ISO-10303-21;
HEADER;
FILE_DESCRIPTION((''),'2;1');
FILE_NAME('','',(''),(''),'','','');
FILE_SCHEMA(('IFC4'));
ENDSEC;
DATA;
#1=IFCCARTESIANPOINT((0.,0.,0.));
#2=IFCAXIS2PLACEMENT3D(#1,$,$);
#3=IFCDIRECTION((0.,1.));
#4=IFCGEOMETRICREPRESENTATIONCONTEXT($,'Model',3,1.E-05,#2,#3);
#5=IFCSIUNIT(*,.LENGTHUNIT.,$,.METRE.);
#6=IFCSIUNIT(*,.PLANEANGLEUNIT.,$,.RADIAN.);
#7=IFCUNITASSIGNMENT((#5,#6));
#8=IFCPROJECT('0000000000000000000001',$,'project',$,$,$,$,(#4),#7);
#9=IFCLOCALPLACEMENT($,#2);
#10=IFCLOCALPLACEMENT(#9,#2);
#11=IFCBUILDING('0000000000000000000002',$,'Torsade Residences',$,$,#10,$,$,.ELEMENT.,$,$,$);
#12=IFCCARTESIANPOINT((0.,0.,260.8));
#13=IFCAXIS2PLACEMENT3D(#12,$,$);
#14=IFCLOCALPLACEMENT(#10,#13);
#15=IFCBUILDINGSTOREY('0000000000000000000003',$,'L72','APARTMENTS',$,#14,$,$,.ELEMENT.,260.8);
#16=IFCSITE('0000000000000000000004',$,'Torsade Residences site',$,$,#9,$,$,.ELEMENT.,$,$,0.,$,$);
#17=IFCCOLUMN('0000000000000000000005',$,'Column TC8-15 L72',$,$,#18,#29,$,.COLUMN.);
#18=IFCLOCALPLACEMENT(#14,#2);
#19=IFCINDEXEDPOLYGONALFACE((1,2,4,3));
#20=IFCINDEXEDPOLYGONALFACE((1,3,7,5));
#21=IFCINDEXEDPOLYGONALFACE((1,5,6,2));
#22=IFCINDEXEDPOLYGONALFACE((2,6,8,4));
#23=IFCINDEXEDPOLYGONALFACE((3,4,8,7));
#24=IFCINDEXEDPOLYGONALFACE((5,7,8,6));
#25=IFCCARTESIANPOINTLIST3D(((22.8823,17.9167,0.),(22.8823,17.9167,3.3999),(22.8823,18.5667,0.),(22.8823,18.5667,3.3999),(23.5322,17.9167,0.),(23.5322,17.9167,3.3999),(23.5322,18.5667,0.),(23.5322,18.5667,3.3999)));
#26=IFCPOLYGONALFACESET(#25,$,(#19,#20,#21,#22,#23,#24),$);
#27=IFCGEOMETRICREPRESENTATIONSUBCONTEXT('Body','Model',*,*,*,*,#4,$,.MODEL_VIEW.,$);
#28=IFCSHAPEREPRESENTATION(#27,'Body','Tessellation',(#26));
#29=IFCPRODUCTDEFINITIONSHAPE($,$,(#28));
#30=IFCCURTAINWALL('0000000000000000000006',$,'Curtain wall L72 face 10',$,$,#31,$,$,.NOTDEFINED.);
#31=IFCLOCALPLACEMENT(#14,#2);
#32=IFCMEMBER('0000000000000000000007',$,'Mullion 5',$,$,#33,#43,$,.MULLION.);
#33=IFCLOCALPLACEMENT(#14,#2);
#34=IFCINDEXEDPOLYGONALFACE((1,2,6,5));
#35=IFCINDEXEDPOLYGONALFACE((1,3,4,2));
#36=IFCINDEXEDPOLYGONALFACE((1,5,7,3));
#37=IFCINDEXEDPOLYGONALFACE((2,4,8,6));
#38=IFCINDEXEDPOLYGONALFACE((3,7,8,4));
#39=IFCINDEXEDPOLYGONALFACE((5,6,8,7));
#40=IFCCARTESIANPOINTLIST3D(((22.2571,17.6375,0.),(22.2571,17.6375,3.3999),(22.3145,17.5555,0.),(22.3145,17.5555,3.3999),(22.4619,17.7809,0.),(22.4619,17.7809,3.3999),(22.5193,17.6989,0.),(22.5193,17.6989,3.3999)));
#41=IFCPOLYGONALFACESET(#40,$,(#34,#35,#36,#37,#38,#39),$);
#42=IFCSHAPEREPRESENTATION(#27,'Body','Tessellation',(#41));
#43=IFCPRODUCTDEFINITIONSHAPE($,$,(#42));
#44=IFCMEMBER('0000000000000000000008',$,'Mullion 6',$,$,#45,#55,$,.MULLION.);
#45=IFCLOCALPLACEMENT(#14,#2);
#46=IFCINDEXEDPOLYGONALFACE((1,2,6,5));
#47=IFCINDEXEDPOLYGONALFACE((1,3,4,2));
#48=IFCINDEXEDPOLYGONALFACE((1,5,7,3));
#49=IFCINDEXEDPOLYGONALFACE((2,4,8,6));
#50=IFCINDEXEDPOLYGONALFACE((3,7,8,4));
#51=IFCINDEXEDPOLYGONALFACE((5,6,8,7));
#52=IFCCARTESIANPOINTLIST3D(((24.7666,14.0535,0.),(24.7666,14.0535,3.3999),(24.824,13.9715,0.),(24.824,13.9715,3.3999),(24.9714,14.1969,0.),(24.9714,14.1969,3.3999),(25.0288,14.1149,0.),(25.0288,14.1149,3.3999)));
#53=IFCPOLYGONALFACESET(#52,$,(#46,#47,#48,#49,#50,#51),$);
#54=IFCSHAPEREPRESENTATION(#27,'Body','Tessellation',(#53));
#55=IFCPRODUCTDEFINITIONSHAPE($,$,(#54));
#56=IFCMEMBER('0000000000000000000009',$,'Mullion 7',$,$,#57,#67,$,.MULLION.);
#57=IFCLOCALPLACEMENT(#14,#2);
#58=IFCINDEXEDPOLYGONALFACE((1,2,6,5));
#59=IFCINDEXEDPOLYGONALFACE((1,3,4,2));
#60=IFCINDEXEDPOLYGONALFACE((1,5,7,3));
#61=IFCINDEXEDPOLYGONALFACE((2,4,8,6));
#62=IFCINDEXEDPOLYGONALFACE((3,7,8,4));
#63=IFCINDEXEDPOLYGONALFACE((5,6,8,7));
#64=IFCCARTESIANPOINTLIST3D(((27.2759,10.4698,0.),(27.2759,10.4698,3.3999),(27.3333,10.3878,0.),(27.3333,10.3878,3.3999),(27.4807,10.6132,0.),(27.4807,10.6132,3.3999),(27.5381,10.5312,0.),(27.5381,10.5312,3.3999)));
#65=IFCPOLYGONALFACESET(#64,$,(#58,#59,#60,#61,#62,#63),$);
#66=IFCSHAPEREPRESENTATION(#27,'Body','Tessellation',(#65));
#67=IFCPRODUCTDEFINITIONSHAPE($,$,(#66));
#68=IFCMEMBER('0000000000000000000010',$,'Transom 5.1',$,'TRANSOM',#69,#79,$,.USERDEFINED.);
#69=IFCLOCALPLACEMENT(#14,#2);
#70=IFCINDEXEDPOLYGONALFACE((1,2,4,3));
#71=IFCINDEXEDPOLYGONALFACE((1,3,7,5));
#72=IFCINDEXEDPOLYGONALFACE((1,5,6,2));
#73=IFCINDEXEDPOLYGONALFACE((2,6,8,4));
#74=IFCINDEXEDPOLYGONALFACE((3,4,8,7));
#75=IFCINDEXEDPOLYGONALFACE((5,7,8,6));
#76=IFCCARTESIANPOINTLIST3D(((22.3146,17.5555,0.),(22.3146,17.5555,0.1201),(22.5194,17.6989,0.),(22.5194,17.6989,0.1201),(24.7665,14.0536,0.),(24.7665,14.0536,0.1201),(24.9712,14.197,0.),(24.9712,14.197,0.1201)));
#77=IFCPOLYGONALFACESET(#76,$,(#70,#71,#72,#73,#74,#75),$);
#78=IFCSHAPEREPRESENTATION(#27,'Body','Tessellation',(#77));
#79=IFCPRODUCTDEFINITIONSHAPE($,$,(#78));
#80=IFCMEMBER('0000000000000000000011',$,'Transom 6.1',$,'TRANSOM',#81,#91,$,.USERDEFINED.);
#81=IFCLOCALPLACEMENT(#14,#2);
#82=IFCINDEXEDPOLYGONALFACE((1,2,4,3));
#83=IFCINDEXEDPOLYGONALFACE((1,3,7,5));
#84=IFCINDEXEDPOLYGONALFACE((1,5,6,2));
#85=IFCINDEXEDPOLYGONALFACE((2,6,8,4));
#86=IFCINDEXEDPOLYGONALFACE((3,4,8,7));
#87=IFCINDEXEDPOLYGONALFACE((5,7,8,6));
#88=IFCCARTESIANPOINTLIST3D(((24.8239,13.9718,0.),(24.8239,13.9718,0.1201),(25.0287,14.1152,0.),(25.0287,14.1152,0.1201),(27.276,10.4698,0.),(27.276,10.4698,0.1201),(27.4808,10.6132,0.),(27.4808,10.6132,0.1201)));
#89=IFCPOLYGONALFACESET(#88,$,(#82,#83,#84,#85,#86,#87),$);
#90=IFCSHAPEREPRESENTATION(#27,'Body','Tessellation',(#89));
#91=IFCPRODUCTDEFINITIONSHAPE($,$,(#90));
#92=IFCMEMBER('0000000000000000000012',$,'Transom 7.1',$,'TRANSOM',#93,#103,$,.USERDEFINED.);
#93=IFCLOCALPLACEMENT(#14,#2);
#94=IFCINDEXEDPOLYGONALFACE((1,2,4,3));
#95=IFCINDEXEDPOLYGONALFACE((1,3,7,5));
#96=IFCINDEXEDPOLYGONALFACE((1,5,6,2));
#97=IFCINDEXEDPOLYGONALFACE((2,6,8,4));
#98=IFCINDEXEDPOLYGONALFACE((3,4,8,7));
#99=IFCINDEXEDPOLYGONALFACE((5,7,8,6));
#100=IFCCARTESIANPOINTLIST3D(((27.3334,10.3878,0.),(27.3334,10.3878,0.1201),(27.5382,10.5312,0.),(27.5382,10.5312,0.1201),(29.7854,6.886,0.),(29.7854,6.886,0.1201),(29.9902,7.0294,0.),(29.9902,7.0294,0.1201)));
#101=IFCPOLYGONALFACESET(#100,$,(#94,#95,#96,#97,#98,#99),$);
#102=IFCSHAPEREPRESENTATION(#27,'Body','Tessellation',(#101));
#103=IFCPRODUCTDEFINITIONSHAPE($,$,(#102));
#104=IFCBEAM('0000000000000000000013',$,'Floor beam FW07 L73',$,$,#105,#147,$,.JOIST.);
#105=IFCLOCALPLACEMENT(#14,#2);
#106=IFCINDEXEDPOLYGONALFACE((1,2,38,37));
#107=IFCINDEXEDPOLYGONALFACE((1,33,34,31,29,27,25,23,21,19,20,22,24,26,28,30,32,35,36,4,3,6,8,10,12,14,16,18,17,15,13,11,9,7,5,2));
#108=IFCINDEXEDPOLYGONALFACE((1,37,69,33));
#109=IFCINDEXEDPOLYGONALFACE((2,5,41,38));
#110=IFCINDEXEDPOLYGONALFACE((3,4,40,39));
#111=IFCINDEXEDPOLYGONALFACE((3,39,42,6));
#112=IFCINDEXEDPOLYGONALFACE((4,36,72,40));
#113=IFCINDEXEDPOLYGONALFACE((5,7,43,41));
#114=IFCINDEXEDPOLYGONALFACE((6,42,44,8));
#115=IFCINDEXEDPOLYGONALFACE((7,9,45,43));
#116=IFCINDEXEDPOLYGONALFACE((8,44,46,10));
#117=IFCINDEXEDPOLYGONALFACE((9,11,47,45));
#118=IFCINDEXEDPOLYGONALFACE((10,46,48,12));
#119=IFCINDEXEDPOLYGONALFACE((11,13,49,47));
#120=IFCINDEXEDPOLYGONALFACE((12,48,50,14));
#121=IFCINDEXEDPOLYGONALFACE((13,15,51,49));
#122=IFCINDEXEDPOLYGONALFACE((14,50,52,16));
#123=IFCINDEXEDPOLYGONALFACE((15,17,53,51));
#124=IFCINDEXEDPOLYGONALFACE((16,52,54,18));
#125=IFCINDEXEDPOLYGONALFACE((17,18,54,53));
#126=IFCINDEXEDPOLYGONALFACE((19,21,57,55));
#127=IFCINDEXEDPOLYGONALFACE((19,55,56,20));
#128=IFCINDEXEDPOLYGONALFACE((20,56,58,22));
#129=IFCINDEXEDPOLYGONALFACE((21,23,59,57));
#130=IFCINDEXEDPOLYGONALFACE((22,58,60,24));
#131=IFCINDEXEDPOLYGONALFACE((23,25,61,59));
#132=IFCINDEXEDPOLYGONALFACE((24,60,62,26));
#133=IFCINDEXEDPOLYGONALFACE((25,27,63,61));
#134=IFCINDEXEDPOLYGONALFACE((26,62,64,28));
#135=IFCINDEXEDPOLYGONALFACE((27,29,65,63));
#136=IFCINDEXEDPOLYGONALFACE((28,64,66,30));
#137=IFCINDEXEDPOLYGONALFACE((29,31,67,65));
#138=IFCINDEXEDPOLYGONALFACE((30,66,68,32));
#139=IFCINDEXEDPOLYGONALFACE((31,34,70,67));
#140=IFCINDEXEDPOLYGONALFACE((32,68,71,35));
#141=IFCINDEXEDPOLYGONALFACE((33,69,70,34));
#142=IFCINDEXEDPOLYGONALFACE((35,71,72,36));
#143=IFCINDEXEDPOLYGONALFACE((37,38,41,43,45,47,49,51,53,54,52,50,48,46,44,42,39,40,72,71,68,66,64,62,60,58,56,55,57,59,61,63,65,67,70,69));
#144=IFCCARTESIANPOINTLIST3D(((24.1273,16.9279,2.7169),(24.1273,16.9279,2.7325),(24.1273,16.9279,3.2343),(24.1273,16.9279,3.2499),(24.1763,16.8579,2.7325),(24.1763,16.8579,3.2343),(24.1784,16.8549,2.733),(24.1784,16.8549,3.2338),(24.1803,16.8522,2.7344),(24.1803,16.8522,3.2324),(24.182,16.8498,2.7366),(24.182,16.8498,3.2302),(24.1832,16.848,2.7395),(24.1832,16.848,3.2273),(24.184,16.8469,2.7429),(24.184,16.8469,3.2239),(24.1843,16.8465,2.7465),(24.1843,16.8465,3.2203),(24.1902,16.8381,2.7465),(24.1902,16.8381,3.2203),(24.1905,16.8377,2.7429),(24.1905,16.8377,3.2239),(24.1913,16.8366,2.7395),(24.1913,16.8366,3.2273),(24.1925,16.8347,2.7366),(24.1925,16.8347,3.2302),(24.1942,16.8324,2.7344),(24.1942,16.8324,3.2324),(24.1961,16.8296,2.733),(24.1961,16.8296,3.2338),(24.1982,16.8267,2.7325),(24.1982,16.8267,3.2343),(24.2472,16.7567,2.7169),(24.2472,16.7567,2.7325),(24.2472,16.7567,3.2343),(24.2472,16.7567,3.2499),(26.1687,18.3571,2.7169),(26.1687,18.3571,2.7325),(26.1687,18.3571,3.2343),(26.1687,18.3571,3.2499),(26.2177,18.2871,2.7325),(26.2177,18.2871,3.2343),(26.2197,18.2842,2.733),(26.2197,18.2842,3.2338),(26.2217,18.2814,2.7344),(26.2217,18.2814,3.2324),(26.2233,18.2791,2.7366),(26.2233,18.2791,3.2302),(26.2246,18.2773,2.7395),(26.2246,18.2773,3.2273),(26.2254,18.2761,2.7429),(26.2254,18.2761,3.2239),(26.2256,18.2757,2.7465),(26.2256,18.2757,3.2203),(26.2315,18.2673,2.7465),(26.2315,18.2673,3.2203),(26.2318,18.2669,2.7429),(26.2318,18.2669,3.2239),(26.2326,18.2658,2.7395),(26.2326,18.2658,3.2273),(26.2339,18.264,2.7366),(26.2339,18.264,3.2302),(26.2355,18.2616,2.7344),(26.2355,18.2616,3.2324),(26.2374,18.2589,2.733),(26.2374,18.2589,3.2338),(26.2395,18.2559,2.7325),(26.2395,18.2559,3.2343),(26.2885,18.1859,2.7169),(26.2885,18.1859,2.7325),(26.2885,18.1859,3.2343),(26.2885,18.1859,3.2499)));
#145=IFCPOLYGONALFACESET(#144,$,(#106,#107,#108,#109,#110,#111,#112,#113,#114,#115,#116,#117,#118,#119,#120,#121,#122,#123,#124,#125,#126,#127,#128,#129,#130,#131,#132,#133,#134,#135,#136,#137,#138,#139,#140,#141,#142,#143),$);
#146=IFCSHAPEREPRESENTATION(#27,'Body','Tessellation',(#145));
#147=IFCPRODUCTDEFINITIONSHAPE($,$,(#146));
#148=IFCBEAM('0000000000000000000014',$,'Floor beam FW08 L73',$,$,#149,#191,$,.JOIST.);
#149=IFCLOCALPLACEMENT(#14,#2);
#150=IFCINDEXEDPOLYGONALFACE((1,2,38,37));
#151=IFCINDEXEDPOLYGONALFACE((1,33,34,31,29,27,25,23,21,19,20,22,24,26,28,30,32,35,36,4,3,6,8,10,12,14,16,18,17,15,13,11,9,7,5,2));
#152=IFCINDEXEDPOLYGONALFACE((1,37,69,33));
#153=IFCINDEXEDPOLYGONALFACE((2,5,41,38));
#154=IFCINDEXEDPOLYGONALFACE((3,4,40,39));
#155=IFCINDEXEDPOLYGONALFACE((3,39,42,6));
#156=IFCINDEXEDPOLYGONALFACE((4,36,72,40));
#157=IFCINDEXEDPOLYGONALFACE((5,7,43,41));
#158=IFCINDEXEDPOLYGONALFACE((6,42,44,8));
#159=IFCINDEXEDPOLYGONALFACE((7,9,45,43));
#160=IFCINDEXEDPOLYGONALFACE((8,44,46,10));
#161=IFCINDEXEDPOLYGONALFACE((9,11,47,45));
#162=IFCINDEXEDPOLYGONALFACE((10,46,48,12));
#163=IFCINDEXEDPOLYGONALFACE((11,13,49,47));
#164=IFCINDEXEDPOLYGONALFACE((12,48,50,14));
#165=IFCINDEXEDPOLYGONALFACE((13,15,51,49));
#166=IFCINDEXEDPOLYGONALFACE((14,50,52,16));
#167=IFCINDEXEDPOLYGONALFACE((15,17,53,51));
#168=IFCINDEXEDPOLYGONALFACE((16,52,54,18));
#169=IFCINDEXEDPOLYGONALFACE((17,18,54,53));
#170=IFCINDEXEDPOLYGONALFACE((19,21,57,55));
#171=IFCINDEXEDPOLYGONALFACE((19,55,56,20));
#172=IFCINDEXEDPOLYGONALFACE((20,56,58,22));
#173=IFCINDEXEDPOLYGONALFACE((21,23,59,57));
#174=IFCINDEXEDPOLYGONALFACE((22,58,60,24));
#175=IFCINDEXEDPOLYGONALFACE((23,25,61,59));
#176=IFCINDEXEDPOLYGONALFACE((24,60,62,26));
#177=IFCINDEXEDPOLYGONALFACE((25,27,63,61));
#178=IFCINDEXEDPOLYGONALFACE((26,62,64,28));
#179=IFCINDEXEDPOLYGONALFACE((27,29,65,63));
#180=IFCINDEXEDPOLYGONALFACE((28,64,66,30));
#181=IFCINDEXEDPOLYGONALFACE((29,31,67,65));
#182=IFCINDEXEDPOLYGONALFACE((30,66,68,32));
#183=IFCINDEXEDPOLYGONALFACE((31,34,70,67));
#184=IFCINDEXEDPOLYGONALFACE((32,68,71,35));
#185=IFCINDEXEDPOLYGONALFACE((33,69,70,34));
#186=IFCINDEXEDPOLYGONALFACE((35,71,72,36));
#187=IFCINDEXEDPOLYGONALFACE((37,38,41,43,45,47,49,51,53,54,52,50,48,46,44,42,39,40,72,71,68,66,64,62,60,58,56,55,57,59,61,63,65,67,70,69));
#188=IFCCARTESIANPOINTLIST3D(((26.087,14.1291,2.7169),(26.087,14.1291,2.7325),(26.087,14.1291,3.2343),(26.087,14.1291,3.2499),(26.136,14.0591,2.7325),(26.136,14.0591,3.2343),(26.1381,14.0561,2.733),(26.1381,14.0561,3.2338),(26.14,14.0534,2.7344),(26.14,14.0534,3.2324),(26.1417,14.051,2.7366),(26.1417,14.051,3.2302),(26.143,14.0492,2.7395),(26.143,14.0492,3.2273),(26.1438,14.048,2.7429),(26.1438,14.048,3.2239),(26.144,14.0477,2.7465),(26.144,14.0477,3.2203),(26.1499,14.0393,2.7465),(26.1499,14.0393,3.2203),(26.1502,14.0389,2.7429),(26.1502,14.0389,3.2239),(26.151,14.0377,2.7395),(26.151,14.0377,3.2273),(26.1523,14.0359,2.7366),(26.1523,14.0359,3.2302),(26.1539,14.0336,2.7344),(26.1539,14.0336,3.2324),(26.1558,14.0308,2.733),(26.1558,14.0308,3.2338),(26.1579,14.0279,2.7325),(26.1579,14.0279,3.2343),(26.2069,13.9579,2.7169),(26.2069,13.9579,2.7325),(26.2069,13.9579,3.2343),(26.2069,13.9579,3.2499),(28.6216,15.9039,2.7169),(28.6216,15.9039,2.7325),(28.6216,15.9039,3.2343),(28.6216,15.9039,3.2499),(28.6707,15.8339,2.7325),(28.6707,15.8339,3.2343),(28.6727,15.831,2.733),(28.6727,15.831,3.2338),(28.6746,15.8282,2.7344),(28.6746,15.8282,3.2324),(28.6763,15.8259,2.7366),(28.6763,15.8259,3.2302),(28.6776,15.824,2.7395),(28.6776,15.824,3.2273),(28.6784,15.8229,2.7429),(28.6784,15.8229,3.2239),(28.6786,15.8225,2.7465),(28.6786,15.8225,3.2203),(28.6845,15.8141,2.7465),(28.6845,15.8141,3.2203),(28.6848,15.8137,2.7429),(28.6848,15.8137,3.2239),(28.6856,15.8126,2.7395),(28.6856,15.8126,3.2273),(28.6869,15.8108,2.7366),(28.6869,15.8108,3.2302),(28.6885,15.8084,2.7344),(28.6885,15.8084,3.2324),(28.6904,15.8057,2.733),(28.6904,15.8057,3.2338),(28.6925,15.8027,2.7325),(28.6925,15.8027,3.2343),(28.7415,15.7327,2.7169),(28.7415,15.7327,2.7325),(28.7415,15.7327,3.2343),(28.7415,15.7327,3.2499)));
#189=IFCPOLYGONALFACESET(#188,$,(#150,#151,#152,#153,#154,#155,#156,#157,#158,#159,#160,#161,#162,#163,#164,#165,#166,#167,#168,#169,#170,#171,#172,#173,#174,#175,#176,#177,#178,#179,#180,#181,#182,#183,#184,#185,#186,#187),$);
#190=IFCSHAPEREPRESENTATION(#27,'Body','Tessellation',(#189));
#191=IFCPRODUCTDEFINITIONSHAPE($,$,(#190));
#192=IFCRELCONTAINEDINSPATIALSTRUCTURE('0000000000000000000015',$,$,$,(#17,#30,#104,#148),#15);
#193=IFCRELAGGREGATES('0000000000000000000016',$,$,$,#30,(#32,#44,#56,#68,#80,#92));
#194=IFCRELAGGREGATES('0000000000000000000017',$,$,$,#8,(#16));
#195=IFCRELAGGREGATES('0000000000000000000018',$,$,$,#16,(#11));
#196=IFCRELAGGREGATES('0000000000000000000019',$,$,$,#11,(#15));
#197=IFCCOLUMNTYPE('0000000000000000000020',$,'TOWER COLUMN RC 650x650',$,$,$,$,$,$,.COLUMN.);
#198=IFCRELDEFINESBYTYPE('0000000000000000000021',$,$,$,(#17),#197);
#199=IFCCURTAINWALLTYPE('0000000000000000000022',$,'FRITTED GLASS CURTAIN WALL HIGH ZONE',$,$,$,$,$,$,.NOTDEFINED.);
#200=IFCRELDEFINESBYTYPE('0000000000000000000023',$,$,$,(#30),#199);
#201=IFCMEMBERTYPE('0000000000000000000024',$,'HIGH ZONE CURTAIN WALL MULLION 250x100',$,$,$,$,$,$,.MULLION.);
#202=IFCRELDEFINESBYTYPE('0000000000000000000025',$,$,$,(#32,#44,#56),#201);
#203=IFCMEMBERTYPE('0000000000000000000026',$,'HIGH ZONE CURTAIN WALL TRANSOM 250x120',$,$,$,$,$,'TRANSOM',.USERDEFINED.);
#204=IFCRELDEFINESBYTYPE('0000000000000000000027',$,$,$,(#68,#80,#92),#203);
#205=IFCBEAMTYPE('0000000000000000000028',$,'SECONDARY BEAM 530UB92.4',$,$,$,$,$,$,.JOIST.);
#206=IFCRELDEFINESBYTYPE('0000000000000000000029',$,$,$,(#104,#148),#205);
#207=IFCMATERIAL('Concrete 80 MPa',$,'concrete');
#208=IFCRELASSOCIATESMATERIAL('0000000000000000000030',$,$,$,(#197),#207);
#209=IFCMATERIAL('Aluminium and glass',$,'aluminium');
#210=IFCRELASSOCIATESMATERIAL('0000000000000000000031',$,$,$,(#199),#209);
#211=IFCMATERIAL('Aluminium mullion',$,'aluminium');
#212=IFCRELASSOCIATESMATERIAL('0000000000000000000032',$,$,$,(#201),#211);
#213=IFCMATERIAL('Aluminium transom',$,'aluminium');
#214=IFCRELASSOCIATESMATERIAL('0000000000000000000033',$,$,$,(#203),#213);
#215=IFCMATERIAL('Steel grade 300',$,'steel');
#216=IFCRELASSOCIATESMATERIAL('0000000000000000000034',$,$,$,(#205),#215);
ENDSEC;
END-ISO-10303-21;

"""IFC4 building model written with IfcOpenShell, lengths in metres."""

from ifc_helpers import new_model, si_unit, direction, frame, origin, origin_2d, place, context, subcontext, project, spatial, rectangle, i_section, extrude, material, material_profile, profile_set, type_object, element, aggregate, save


model = new_model("IFC4")

# Units and contexts
model_context = context("Model", 3, precision=1e-05, world=origin(), true_north=direction((0.0, 1.0)))
body_context = subcontext(model_context, "Body", "Model", "MODEL_VIEW")
ifc_project = project(units=[si_unit("LENGTHUNIT", "METRE"), si_unit("PLANEANGLEUNIT", "RADIAN")], contexts=[model_context])

# Site, building, storey
site_placement = place(None, origin())
site = spatial("IfcSite", under=ifc_project, at=site_placement, Name="Torsade Residences site", CompositionType="ELEMENT", RefElevation=0.0)
building_placement = place(site_placement, origin())
building = spatial("IfcBuilding", under=site, at=building_placement, Name="Torsade Residences", CompositionType="ELEMENT")
storey_placement = place(building_placement, frame((0.0, 0.0, 260.8)))
storey = spatial("IfcBuildingStorey", under=building, at=storey_placement, Name="L72", Description="APARTMENTS", CompositionType="ELEMENT", Elevation=260.8)

# Column
ifc_material_1 = material(Name="Concrete 80 MPa", Category="concrete")
ifc_material_profile_1 = material_profile(ifc_material_1, rectangle(XDim=0.6499, YDim=0.6499, at=origin_2d()), Name="RC 650x650")
ifc_profile_set_1 = profile_set([ifc_material_profile_1], Name="Concrete 80 MPa")
column_type = type_object("IfcColumnType", Name="TOWER COLUMN RC 650x650", PredefinedType="COLUMN", material=ifc_profile_set_1)
column_placement = place(storey_placement, frame((23.2073, 18.2417, 0.0), z_axis=(0.0, 0.0, 1.0), x_axis=(1.0, 0.0, 0.0)))
element("IfcColumn", 1, at=column_placement, inside=storey, type_object=column_type, Name="Column TC8-15 L72", PredefinedType="COLUMN", context=body_context, shape_type="SweptSolid", body=[
    extrude(rectangle(XDim=0.6499, YDim=0.6499, at=origin_2d()), origin(), (0.0, 0.0, 1.0), 3.3999),
])

# Curtain wall, members
ifc_material_2 = material(Name="Aluminium and glass", Category="aluminium")
curtain_wall_type = type_object("IfcCurtainWallType", Name="FRITTED GLASS CURTAIN WALL HIGH ZONE", PredefinedType="NOTDEFINED", material=ifc_material_2)
curtain_wall_placement = place(storey_placement, origin())
curtain_wall = element("IfcCurtainWall", 2, at=curtain_wall_placement, inside=storey, type_object=curtain_wall_type, Name="Curtain wall L72 face 10", PredefinedType="NOTDEFINED")
ifc_material_3 = material(Name="Aluminium mullion", Category="aluminium")
ifc_material_profile_2 = material_profile(ifc_material_3, rectangle(XDim=0.25, YDim=0.1001, at=origin_2d()), Name="HIGH ZONE CURTAIN WALL MULLION 250x100")
ifc_profile_set_2 = profile_set([ifc_material_profile_2], Name="Aluminium mullion")
member_type_1 = type_object("IfcMemberType", Name="HIGH ZONE CURTAIN WALL MULLION 250x100", PredefinedType="MULLION", material=ifc_profile_set_2)
member_1_placement = place(storey_placement, frame((22.3882, 17.6682, 0.0), z_axis=(0.0, 0.0, 1.0), x_axis=(0.819152, 0.573576, 0.0)))
member_1 = element("IfcMember", 3, at=member_1_placement, type_object=member_type_1, Name="Mullion 5", PredefinedType="MULLION", context=body_context, shape_type="SweptSolid", body=[
    extrude(rectangle(XDim=0.25, YDim=0.1001, at=origin_2d()), origin(), (0.0, 0.0, 1.0), 3.3999),
])
member_2_placement = place(storey_placement, frame((24.8977, 14.0842, 0.0), z_axis=(0.0, 0.0, 1.0), x_axis=(0.819152, 0.573576, 0.0)))
member_2 = element("IfcMember", 4, at=member_2_placement, type_object=member_type_1, Name="Mullion 6", PredefinedType="MULLION", context=body_context, shape_type="SweptSolid", body=[
    extrude(rectangle(XDim=0.25, YDim=0.1001, at=origin_2d()), origin(), (0.0, 0.0, 1.0), 3.3999),
])
member_3_placement = place(storey_placement, frame((27.407, 10.5005, 0.0), z_axis=(0.0, 0.0, 1.0), x_axis=(0.819152, 0.573576, 0.0)))
member_3 = element("IfcMember", 5, at=member_3_placement, type_object=member_type_1, Name="Mullion 7", PredefinedType="MULLION", context=body_context, shape_type="SweptSolid", body=[
    extrude(rectangle(XDim=0.25, YDim=0.1001, at=origin_2d()), origin(), (0.0, 0.0, 1.0), 3.3999),
])
ifc_material_4 = material(Name="Aluminium transom", Category="aluminium")
ifc_material_profile_3 = material_profile(ifc_material_4, rectangle(XDim=0.25, YDim=0.1201, at=origin_2d()), Name="HIGH ZONE CURTAIN WALL TRANSOM 250x120")
ifc_profile_set_3 = profile_set([ifc_material_profile_3], Name="Aluminium transom")
member_type_2 = type_object("IfcMemberType", Name="HIGH ZONE CURTAIN WALL TRANSOM 250x120", ElementType="TRANSOM", PredefinedType="USERDEFINED", material=ifc_profile_set_3)
member_4_placement = place(storey_placement, frame((22.417, 17.6272, 0.0601), z_axis=(0.573547, -0.819173, 0.0), x_axis=(0.819173, 0.573547, 0.0)))
member_4 = element("IfcMember", 6, at=member_4_placement, type_object=member_type_2, Name="Transom 5.1", ObjectType="TRANSOM", PredefinedType="USERDEFINED", context=body_context, shape_type="SweptSolid", body=[
    extrude(rectangle(XDim=0.25, YDim=0.1201, at=origin_2d()), origin(), (0.0, 0.0, 1.0), 4.2749),
])
member_5_placement = place(storey_placement, frame((24.9263, 14.0435, 0.0601), z_axis=(0.573585, -0.819146, 0.0), x_axis=(0.819146, 0.573585, 0.0)))
member_5 = element("IfcMember", 7, at=member_5_placement, type_object=member_type_2, Name="Transom 6.1", ObjectType="TRANSOM", PredefinedType="USERDEFINED", context=body_context, shape_type="SweptSolid", body=[
    extrude(rectangle(XDim=0.25, YDim=0.1201, at=origin_2d()), origin(), (0.0, 0.0, 1.0), 4.2751),
])
member_6_placement = place(storey_placement, frame((27.4358, 10.4595, 0.0601), z_axis=(0.573573, -0.819154, 0.0), x_axis=(0.819154, 0.573573, 0.0)))
member_6 = element("IfcMember", 8, at=member_6_placement, type_object=member_type_2, Name="Transom 7.1", ObjectType="TRANSOM", PredefinedType="USERDEFINED", context=body_context, shape_type="SweptSolid", body=[
    extrude(rectangle(XDim=0.25, YDim=0.1201, at=origin_2d()), origin(), (0.0, 0.0, 1.0), 4.2749),
])

# Beams
ifc_material_5 = material(Name="Steel grade 300", Category="steel")
ifc_material_profile_4 = material_profile(ifc_material_5, i_section(OverallWidth=0.209, OverallDepth=0.533, WebThickness=0.0103, FlangeThickness=0.0156, FilletRadius=0.0139, at=origin_2d()), Name="530UB92.4")
ifc_profile_set_4 = profile_set([ifc_material_profile_4], Name="Steel grade 300")
beam_type = type_object("IfcBeamType", Name="SECONDARY BEAM 530UB92.4", PredefinedType="JOIST", material=ifc_profile_set_4)
beam_1_placement = place(storey_placement, frame((24.1873, 16.8423, 2.9834), z_axis=(0.819172, 0.573548, 0.0), x_axis=(-0.573548, 0.819172, 0.0)))
element("IfcBeam", 9, at=beam_1_placement, inside=storey, type_object=beam_type, Name="Floor beam FW07 L73", PredefinedType="JOIST", context=body_context, shape_type="SweptSolid", body=[
    extrude(i_section(OverallWidth=0.209, OverallDepth=0.533, WebThickness=0.0103, FlangeThickness=0.0156, FilletRadius=0.0139, at=origin_2d()), origin(), (0.0, 0.0, 1.0), 2.4919),
])
beam_2_placement = place(storey_placement, frame((26.147, 14.0435, 2.9834), z_axis=(0.819136, 0.5736, 0.0), x_axis=(-0.5736, 0.819136, 0.0)))
element("IfcBeam", 10, at=beam_2_placement, inside=storey, type_object=beam_type, Name="Floor beam FW08 L73", PredefinedType="JOIST", context=body_context, shape_type="SweptSolid", body=[
    extrude(i_section(OverallWidth=0.209, OverallDepth=0.533, WebThickness=0.0103, FlangeThickness=0.0156, FilletRadius=0.0139, at=origin_2d()), origin(), (0.0, 0.0, 1.0), 3.0942),
])

aggregate(curtain_wall, [member_1, member_2, member_3, member_4, member_5, member_6])

save(model, "model.ifc")
